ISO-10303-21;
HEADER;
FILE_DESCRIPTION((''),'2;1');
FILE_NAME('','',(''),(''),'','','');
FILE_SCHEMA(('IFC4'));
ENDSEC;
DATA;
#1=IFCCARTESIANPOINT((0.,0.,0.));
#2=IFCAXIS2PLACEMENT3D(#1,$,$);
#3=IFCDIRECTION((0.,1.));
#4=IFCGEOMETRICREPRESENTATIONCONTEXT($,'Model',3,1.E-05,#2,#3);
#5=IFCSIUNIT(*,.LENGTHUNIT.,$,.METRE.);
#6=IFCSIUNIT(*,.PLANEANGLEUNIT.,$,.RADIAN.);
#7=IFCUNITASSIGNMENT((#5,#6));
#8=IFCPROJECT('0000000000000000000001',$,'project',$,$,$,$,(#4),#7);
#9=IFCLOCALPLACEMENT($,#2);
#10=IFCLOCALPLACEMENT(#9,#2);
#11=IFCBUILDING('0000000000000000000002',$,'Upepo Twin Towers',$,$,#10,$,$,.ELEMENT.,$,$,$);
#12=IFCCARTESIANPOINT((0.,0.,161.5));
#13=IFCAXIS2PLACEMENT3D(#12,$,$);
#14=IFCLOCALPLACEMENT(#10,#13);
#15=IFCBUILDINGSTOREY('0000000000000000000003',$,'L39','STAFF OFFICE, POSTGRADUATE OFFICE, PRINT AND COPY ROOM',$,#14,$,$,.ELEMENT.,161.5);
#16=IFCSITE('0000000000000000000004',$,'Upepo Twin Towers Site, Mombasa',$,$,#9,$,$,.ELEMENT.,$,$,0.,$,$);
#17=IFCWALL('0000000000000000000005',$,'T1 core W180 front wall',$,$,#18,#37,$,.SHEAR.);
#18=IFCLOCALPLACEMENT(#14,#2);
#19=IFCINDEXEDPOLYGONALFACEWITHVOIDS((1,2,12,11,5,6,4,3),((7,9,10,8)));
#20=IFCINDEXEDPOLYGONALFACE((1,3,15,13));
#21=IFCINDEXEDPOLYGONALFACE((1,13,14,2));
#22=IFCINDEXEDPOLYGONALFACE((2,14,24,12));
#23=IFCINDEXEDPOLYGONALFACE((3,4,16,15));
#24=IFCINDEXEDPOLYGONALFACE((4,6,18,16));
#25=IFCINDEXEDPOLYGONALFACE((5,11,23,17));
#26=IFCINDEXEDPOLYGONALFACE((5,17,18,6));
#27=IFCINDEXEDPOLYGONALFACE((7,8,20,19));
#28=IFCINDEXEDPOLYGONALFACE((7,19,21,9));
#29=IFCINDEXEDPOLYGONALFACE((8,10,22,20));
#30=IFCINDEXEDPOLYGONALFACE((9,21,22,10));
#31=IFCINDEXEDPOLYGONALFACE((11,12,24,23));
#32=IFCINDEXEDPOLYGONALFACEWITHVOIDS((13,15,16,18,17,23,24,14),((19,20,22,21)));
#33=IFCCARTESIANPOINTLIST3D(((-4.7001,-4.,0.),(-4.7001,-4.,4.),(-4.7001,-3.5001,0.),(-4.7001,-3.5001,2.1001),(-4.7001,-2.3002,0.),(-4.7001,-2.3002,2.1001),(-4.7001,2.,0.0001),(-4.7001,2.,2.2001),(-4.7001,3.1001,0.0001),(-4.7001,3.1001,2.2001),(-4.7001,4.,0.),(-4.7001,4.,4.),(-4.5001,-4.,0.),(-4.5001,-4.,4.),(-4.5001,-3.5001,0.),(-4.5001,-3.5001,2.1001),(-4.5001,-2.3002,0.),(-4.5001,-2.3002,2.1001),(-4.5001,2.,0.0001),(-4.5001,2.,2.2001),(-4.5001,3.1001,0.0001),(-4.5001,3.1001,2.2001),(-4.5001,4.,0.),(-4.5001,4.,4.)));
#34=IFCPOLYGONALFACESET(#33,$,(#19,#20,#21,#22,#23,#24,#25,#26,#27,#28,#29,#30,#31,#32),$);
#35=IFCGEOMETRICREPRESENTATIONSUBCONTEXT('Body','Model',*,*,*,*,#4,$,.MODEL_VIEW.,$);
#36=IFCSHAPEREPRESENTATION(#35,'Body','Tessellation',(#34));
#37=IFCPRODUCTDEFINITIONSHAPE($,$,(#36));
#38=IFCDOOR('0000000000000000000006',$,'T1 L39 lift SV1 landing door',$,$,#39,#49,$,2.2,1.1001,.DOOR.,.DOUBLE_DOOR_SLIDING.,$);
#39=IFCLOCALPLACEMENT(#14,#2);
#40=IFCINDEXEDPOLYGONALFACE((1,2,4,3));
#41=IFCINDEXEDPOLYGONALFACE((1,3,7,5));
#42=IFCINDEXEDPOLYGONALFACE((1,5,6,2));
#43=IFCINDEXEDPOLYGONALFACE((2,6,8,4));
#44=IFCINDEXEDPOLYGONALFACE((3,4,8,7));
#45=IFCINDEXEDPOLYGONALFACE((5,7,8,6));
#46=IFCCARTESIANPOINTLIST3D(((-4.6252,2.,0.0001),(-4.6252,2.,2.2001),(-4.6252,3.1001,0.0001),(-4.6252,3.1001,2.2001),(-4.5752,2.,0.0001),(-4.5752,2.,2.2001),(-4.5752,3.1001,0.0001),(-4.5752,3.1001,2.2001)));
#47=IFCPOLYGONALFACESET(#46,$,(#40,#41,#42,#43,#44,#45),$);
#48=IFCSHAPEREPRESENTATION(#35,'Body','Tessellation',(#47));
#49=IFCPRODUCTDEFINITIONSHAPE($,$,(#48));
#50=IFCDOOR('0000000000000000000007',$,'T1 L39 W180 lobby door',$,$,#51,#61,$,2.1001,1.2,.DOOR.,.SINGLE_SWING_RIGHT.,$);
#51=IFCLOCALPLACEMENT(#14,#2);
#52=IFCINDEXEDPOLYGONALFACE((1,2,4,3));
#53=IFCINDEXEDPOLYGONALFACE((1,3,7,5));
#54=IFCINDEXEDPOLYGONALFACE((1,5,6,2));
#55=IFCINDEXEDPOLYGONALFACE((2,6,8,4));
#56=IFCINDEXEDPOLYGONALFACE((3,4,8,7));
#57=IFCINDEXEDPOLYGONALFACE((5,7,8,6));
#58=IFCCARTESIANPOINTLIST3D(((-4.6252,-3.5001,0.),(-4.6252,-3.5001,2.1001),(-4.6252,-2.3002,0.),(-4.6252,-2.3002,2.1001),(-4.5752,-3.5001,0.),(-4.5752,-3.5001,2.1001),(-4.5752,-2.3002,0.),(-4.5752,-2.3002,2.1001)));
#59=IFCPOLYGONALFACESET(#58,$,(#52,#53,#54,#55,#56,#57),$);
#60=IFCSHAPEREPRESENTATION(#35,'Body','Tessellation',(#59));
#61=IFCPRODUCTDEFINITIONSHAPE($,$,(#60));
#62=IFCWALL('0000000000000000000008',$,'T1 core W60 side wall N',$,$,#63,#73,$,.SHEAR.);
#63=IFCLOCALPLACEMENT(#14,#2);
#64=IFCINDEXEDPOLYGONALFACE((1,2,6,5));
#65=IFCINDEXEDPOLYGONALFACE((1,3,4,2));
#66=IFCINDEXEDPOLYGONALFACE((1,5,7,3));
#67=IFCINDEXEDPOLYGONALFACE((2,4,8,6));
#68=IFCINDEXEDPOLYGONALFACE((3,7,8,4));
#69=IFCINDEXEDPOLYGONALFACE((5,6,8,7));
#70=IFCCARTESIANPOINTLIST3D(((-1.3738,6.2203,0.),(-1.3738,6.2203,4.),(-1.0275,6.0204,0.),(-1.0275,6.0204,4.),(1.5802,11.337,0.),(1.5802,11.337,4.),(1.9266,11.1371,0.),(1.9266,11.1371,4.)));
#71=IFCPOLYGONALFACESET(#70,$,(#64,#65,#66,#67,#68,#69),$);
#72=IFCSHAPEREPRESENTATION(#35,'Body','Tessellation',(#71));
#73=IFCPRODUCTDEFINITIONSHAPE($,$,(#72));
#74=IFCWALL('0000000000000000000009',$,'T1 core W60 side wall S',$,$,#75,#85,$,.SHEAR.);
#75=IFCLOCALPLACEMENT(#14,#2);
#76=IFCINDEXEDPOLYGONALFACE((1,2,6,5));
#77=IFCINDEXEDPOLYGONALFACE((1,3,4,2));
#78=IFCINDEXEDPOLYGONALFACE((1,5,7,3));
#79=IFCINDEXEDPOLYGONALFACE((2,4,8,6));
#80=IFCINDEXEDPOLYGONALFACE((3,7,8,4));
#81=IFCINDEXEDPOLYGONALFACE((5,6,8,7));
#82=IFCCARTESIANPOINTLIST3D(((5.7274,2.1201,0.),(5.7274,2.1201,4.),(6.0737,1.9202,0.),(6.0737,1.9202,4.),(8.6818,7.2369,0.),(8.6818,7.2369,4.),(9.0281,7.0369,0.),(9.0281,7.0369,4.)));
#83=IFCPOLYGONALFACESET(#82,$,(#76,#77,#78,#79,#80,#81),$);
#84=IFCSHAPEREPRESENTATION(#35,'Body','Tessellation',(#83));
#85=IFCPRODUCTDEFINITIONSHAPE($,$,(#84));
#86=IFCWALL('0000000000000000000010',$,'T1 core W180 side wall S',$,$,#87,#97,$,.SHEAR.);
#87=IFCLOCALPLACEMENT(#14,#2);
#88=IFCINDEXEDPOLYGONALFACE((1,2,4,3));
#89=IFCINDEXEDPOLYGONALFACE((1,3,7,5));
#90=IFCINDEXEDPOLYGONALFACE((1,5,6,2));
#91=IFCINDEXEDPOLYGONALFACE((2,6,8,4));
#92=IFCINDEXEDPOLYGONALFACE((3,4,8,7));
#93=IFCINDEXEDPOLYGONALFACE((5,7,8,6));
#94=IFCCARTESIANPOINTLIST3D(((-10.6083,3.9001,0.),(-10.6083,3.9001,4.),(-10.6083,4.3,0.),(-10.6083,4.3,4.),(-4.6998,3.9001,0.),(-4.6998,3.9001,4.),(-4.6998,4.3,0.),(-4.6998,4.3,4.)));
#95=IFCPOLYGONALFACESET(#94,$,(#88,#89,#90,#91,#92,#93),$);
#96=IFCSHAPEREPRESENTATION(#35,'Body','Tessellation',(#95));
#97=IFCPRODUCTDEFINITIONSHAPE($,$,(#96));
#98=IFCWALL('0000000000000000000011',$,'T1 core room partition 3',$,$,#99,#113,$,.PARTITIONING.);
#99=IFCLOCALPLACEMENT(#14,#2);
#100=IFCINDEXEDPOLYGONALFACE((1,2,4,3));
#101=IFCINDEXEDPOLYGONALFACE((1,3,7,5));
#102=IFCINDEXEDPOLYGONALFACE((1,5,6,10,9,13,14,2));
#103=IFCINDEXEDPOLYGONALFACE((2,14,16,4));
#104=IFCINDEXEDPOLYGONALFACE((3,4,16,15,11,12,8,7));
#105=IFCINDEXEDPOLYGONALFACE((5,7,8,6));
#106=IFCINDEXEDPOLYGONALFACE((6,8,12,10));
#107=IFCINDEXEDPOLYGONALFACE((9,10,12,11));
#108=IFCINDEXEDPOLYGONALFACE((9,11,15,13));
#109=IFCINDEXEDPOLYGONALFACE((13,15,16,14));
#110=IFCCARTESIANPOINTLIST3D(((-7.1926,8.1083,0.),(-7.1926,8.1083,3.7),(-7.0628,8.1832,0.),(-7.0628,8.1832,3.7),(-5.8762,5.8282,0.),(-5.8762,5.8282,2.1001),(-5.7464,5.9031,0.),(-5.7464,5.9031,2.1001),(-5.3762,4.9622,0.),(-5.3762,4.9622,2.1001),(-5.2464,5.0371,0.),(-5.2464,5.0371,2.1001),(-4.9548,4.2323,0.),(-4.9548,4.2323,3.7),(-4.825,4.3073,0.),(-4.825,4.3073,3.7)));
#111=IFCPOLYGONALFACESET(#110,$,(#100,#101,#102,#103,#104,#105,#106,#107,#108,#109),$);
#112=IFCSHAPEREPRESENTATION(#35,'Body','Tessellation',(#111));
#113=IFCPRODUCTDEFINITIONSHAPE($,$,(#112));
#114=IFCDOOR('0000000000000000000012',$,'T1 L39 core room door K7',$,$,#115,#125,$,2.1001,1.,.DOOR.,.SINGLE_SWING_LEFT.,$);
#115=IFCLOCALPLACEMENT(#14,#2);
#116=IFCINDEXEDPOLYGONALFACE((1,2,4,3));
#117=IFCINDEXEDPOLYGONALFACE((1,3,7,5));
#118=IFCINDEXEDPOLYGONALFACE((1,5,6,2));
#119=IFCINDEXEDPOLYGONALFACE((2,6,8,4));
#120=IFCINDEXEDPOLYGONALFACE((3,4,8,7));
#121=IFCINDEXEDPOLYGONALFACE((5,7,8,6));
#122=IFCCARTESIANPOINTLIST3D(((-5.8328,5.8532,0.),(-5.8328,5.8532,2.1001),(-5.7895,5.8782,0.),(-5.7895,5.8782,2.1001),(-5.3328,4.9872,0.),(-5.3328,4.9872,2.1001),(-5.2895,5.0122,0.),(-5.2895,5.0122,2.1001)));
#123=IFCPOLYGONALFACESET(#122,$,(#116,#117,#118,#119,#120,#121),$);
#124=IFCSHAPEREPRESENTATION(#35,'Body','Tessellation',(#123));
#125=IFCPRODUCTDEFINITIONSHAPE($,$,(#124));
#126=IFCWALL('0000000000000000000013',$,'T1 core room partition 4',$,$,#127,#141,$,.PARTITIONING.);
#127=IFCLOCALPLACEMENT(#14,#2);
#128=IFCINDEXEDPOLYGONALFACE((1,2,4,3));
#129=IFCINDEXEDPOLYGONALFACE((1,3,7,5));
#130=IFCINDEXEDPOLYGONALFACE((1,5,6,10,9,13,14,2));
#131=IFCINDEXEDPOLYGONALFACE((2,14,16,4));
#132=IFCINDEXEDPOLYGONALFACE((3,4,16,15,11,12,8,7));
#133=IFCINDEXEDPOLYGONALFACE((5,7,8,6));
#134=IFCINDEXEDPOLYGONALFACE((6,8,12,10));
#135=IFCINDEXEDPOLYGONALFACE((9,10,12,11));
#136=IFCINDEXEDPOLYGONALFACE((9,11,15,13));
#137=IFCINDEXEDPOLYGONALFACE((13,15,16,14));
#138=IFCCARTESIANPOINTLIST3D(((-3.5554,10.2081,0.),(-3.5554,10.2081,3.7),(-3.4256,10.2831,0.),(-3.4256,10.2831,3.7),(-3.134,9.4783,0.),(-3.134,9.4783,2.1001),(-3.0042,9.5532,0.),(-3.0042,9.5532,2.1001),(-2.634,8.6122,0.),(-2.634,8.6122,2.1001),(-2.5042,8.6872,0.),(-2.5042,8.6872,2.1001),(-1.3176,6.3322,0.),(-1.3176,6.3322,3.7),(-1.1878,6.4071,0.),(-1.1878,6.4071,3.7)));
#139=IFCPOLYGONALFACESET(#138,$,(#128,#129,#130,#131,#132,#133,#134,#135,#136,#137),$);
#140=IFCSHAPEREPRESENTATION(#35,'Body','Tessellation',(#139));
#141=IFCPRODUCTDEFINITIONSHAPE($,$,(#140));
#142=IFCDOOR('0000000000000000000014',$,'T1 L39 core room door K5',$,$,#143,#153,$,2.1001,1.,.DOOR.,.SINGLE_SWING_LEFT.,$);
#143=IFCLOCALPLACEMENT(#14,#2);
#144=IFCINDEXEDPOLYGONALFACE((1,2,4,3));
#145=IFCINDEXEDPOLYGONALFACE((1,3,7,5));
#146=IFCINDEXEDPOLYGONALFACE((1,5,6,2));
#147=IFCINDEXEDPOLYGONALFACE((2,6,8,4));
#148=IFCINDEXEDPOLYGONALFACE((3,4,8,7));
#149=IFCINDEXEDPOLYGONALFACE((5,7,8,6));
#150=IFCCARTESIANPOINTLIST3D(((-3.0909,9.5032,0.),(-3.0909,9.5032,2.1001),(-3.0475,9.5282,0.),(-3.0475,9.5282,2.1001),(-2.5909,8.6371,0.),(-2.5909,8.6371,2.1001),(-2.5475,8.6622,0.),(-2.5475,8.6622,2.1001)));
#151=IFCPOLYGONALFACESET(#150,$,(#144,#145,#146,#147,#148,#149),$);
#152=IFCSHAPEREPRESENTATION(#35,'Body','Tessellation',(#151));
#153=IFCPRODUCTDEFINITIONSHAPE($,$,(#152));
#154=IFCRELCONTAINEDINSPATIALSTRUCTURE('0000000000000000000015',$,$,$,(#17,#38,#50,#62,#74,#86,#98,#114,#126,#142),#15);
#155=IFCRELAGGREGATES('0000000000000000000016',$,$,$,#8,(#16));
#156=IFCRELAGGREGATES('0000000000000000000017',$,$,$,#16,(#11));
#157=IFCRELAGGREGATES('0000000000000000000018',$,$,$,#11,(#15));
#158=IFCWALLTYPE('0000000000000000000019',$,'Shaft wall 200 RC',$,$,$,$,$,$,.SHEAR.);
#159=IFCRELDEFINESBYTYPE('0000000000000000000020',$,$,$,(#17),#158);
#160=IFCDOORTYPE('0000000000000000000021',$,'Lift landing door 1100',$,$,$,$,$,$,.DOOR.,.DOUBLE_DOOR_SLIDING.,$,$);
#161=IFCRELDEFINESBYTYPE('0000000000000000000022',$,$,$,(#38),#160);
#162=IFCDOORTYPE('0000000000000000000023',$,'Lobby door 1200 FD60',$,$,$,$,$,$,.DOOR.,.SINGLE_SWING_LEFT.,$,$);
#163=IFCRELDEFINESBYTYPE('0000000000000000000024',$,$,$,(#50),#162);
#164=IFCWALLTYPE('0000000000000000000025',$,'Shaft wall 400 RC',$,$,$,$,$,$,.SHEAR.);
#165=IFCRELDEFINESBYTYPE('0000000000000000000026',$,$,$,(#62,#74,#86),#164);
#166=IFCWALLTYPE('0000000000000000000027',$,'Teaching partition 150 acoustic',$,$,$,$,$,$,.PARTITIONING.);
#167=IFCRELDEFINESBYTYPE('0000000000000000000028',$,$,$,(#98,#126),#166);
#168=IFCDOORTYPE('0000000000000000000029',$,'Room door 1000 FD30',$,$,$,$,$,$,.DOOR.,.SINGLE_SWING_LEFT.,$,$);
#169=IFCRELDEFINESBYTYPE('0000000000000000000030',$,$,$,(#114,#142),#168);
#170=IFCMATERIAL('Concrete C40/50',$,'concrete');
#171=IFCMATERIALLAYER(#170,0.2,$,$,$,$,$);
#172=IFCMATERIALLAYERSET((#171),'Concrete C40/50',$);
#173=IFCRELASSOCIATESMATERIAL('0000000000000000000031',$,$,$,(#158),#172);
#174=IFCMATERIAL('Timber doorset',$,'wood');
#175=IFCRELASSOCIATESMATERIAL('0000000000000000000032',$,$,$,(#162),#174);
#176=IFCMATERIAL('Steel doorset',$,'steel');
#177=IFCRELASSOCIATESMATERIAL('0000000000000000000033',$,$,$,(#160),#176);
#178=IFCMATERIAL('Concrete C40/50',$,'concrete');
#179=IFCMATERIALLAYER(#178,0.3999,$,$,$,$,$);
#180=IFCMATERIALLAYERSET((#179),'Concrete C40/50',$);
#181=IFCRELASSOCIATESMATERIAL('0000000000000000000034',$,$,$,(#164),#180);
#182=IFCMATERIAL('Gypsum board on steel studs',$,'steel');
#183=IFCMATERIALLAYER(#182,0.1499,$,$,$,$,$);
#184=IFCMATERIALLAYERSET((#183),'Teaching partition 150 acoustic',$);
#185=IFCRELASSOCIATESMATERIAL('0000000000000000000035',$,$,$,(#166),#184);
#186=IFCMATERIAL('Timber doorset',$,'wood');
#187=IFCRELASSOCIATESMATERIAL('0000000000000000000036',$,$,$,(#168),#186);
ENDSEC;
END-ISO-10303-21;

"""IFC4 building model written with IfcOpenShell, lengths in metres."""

from ifc_helpers import new_model, si_unit, direction, frame, frame_2d, origin, place, context, subcontext, project, spatial, rectangle, extrude, material, layer, layer_set, type_object, element, fill, save


model = new_model("IFC4")

# Units and contexts
model_context = context("Model", 3, precision=1e-05, world=origin(), true_north=direction((0.0, 1.0)))
body_context = subcontext(model_context, "Body", "Model", "MODEL_VIEW")
ifc_project = project(units=[si_unit("LENGTHUNIT", "METRE"), si_unit("PLANEANGLEUNIT", "RADIAN")], contexts=[model_context])

# Site, building, storey
site_placement = place(None, origin())
site = spatial("IfcSite", under=ifc_project, at=site_placement, Name="Upepo Twin Towers Site, Mombasa", CompositionType="ELEMENT", RefElevation=0.0)
building_placement = place(site_placement, origin())
building = spatial("IfcBuilding", under=site, at=building_placement, Name="Upepo Twin Towers", CompositionType="ELEMENT")
storey_placement = place(building_placement, frame((0.0, 0.0, 161.5)))
storey = spatial("IfcBuildingStorey", under=building, at=storey_placement, Name="L39", Description="STAFF OFFICE, POSTGRADUATE OFFICE, PRINT AND COPY ROOM", CompositionType="ELEMENT", Elevation=161.5)

# Shared definitions
ifc_material_1 = material(Name="Concrete C40/50", Category="concrete")
ifc_layer_1 = layer(ifc_material_1, 0.2)
ifc_layer_set_1 = layer_set([ifc_layer_1], Name="Concrete C40/50")
wall_type_1 = type_object("IfcWallType", Name="Shaft wall 200 RC", PredefinedType="SHEAR", material=ifc_layer_set_1)
ifc_material_2 = material(Name="Timber doorset", Category="wood")
door_type_1 = type_object("IfcDoorType", Name="Lobby door 1200 FD60", OperationType="SINGLE_SWING_LEFT", PredefinedType="DOOR", material=ifc_material_2)

# Wall, openings, doors
wall_1_placement = place(storey_placement, frame((-4.6001, 4.0, 0.0), z_axis=(0.0, 0.0, 1.0), x_axis=(0.0, -1.0, 0.0)))
wall_1 = element("IfcWall", 1, at=wall_1_placement, inside=storey, type_object=wall_type_1, Name="T1 core W180 front wall", PredefinedType="SHEAR", context=body_context, shape_type="SweptSolid", body=[
    extrude(rectangle(XDim=8.0, YDim=0.2, at=frame_2d((4.0, 0.0))), origin(), (0.0, 0.0, 1.0), 4.0),
])
opening_1_placement = place(wall_1_placement, frame((6.3, 0.0, 0.0)))
opening_1 = element("IfcOpeningElement", 2, at=opening_1_placement, cuts=wall_1, PredefinedType="OPENING", context=body_context, shape_type="SweptSolid", body=[
    extrude(rectangle(XDim=1.2, YDim=2.1001, at=frame_2d((0.6001, 1.05))), frame((0.0, 0.1099, 0.0), z_axis=(0.0, -1.0, 0.0), x_axis=(1.0, 0.0, 0.0)), (0.0, 0.0, 1.0), 0.22),
])
opening_2_placement = place(wall_1_placement, frame((0.8999, 0.0, 0.0)))
opening_2 = element("IfcOpeningElement", 3, at=opening_2_placement, cuts=wall_1, PredefinedType="OPENING", context=body_context, shape_type="SweptSolid", body=[
    extrude(rectangle(XDim=1.1001, YDim=2.2, at=frame_2d((0.55, 1.1001))), frame((0.0, 0.1099, 0.0), z_axis=(0.0, -1.0, 0.0), x_axis=(1.0, 0.0, 0.0)), (0.0, 0.0, 1.0), 0.22),
])
ifc_material_3 = material(Name="Steel doorset", Category="steel")
door_type_2 = type_object("IfcDoorType", Name="Lift landing door 1100", OperationType="DOUBLE_DOOR_SLIDING", PredefinedType="DOOR", material=ifc_material_3)
door_1_placement = place(opening_2_placement, origin())
door_1 = element("IfcDoor", 4, at=door_1_placement, inside=storey, type_object=door_type_2, Name="T1 L39 lift SV1 landing door", OperationType="DOUBLE_DOOR_SLIDING", OverallHeight=2.2, OverallWidth=1.1001, PredefinedType="DOOR", context=body_context, shape_type="SweptSolid", body=[
    extrude(rectangle(XDim=1.1001, YDim=2.2, at=frame_2d((0.55, 1.1001))), frame((0.0, 0.0249, 0.0), z_axis=(0.0, -1.0, 0.0), x_axis=(1.0, 0.0, 0.0)), (0.0, 0.0, 1.0), 0.05),
])
fill(opening_2, door_1)
door_2_placement = place(opening_1_placement, origin())
door_2 = element("IfcDoor", 5, at=door_2_placement, inside=storey, type_object=door_type_1, Name="T1 L39 W180 lobby door", OperationType="SINGLE_SWING_RIGHT", OverallHeight=2.1001, OverallWidth=1.2, PredefinedType="DOOR", context=body_context, shape_type="SweptSolid", body=[
    extrude(rectangle(XDim=1.2, YDim=2.1001, at=frame_2d((0.6001, 1.05))), frame((0.0, 0.0249, 0.0), z_axis=(0.0, -1.0, 0.0), x_axis=(1.0, 0.0, 0.0)), (0.0, 0.0, 1.0), 0.05),
])
fill(opening_1, door_2)

# Walls
ifc_material_4 = material(Name="Concrete C40/50", Category="concrete")
ifc_layer_2 = layer(ifc_material_4, 0.3999)
ifc_layer_set_2 = layer_set([ifc_layer_2], Name="Concrete C40/50")
wall_type_2 = type_object("IfcWallType", Name="Shaft wall 400 RC", PredefinedType="SHEAR", material=ifc_layer_set_2)
wall_2_placement = place(storey_placement, frame((-1.2007, 6.1204, 0.0), z_axis=(0.0, 0.0, 1.0), x_axis=(0.499997, 0.866027, 0.0)))
element("IfcWall", 6, at=wall_2_placement, inside=storey, type_object=wall_type_2, Name="T1 core W60 side wall N", PredefinedType="SHEAR", context=body_context, shape_type="SweptSolid", body=[
    extrude(rectangle(XDim=5.9082, YDim=0.3999, at=frame_2d((2.9541, 0.0))), origin(), (0.0, 0.0, 1.0), 4.0),
])
for number, where, z_axis, x_axis, name in (
    (7, (5.9006, 2.0203, 0.0), (0.0, 0.0, 1.0), (0.500028, 0.866009, 0.0), "T1 core W60 side wall S"),
    (8, (-4.7, 4.1001, 0.0), (0.0, 0.0, 1.0), (-1.0, 0.0, 0.0), "T1 core W180 side wall S"),
):
    element("IfcWall", number, at=place(storey_placement, frame(where, z_axis=z_axis, x_axis=x_axis)), inside=storey, type_object=wall_type_2, Name=name, PredefinedType="SHEAR", context=body_context, shape_type="SweptSolid", body=[
        extrude(rectangle(XDim=5.9084, YDim=0.3999, at=frame_2d((2.9541, 0.0))), origin(), (0.0, 0.0, 1.0), 4.0),
    ])

# Walls, openings, doors
ifc_material_5 = material(Name="Gypsum board on steel studs", Category="steel")
ifc_layer_3 = layer(ifc_material_5, 0.1499)
ifc_layer_set_3 = layer_set([ifc_layer_3], Name="Teaching partition 150 acoustic")
wall_type_3 = type_object("IfcWallType", Name="Teaching partition 150 acoustic", PredefinedType="PARTITIONING", material=ifc_layer_set_3)
wall_3_placement = place(storey_placement, frame((-4.8899, 4.2698, 0.0), z_axis=(0.0, 0.0, 1.0), x_axis=(-0.499999, 0.866026, 0.0)))
wall_3 = element("IfcWall", 9, at=wall_3_placement, inside=storey, type_object=wall_type_3, Name="T1 core room partition 3", PredefinedType="PARTITIONING", context=body_context, shape_type="SweptSolid", body=[
    extrude(rectangle(XDim=4.4756, YDim=0.1499, at=frame_2d((2.2378, 0.0))), origin(), (0.0, 0.0, 1.0), 3.7),
])
opening_3_placement = place(wall_3_placement, frame((0.8428, 0.0, 0.0)))
opening_3 = element("IfcOpeningElement", 10, at=opening_3_placement, cuts=wall_3, PredefinedType="OPENING", context=body_context, shape_type="SweptSolid", body=[
    extrude(rectangle(XDim=1.0, YDim=2.1001, at=frame_2d((0.5, 1.05))), frame((0.0, 0.085, 0.0), z_axis=(0.0, -1.0, 0.0), x_axis=(1.0, 0.0, 0.0)), (0.0, 0.0, 1.0), 0.1699),
])
ifc_material_6 = material(Name="Timber doorset", Category="wood")
door_type_3 = type_object("IfcDoorType", Name="Room door 1000 FD30", OperationType="SINGLE_SWING_LEFT", PredefinedType="DOOR", material=ifc_material_6)
door_3_placement = place(opening_3_placement, origin())
door_3 = element("IfcDoor", 11, at=door_3_placement, inside=storey, type_object=door_type_3, Name="T1 L39 core room door K7", OperationType="SINGLE_SWING_LEFT", OverallHeight=2.1001, OverallWidth=1.0, PredefinedType="DOOR", context=body_context, shape_type="SweptSolid", body=[
    extrude(rectangle(XDim=1.0, YDim=2.1001, at=frame_2d((0.5, 1.05))), frame((0.0, 0.0249, 0.0), z_axis=(0.0, -1.0, 0.0), x_axis=(1.0, 0.0, 0.0)), (0.0, 0.0, 1.0), 0.05),
])
fill(opening_3, door_3)
wall_4_placement = place(storey_placement, frame((-3.4905, 10.2456, 0.0), z_axis=(0.0, 0.0, 1.0), x_axis=(0.499999, -0.866026, 0.0)))
wall_4 = element("IfcWall", 12, at=wall_4_placement, inside=storey, type_object=wall_type_3, Name="T1 core room partition 4", PredefinedType="PARTITIONING", context=body_context, shape_type="SweptSolid", body=[
    extrude(rectangle(XDim=4.4756, YDim=0.1499, at=frame_2d((2.2378, 0.0))), origin(), (0.0, 0.0, 1.0), 3.7),
])
opening_4_placement = place(wall_4_placement, frame((0.8428, 0.0, 0.0)))
opening_4 = element("IfcOpeningElement", 13, at=opening_4_placement, cuts=wall_4, PredefinedType="OPENING", context=body_context, shape_type="SweptSolid", body=[
    extrude(rectangle(XDim=1.0, YDim=2.1001, at=frame_2d((0.5, 1.05))), frame((0.0, 0.085, 0.0), z_axis=(0.0, -1.0, 0.0), x_axis=(1.0, 0.0, 0.0)), (0.0, 0.0, 1.0), 0.1699),
])
door_4_placement = place(opening_4_placement, origin())
door_4 = element("IfcDoor", 14, at=door_4_placement, inside=storey, type_object=door_type_3, Name="T1 L39 core room door K5", OperationType="SINGLE_SWING_LEFT", OverallHeight=2.1001, OverallWidth=1.0, PredefinedType="DOOR", context=body_context, shape_type="SweptSolid", body=[
    extrude(rectangle(XDim=1.0, YDim=2.1001, at=frame_2d((0.5, 1.05))), frame((0.0, 0.0249, 0.0), z_axis=(0.0, -1.0, 0.0), x_axis=(1.0, 0.0, 0.0)), (0.0, 0.0, 1.0), 0.05),
])
fill(opening_4, door_4)

save(model, "model.ifc")
